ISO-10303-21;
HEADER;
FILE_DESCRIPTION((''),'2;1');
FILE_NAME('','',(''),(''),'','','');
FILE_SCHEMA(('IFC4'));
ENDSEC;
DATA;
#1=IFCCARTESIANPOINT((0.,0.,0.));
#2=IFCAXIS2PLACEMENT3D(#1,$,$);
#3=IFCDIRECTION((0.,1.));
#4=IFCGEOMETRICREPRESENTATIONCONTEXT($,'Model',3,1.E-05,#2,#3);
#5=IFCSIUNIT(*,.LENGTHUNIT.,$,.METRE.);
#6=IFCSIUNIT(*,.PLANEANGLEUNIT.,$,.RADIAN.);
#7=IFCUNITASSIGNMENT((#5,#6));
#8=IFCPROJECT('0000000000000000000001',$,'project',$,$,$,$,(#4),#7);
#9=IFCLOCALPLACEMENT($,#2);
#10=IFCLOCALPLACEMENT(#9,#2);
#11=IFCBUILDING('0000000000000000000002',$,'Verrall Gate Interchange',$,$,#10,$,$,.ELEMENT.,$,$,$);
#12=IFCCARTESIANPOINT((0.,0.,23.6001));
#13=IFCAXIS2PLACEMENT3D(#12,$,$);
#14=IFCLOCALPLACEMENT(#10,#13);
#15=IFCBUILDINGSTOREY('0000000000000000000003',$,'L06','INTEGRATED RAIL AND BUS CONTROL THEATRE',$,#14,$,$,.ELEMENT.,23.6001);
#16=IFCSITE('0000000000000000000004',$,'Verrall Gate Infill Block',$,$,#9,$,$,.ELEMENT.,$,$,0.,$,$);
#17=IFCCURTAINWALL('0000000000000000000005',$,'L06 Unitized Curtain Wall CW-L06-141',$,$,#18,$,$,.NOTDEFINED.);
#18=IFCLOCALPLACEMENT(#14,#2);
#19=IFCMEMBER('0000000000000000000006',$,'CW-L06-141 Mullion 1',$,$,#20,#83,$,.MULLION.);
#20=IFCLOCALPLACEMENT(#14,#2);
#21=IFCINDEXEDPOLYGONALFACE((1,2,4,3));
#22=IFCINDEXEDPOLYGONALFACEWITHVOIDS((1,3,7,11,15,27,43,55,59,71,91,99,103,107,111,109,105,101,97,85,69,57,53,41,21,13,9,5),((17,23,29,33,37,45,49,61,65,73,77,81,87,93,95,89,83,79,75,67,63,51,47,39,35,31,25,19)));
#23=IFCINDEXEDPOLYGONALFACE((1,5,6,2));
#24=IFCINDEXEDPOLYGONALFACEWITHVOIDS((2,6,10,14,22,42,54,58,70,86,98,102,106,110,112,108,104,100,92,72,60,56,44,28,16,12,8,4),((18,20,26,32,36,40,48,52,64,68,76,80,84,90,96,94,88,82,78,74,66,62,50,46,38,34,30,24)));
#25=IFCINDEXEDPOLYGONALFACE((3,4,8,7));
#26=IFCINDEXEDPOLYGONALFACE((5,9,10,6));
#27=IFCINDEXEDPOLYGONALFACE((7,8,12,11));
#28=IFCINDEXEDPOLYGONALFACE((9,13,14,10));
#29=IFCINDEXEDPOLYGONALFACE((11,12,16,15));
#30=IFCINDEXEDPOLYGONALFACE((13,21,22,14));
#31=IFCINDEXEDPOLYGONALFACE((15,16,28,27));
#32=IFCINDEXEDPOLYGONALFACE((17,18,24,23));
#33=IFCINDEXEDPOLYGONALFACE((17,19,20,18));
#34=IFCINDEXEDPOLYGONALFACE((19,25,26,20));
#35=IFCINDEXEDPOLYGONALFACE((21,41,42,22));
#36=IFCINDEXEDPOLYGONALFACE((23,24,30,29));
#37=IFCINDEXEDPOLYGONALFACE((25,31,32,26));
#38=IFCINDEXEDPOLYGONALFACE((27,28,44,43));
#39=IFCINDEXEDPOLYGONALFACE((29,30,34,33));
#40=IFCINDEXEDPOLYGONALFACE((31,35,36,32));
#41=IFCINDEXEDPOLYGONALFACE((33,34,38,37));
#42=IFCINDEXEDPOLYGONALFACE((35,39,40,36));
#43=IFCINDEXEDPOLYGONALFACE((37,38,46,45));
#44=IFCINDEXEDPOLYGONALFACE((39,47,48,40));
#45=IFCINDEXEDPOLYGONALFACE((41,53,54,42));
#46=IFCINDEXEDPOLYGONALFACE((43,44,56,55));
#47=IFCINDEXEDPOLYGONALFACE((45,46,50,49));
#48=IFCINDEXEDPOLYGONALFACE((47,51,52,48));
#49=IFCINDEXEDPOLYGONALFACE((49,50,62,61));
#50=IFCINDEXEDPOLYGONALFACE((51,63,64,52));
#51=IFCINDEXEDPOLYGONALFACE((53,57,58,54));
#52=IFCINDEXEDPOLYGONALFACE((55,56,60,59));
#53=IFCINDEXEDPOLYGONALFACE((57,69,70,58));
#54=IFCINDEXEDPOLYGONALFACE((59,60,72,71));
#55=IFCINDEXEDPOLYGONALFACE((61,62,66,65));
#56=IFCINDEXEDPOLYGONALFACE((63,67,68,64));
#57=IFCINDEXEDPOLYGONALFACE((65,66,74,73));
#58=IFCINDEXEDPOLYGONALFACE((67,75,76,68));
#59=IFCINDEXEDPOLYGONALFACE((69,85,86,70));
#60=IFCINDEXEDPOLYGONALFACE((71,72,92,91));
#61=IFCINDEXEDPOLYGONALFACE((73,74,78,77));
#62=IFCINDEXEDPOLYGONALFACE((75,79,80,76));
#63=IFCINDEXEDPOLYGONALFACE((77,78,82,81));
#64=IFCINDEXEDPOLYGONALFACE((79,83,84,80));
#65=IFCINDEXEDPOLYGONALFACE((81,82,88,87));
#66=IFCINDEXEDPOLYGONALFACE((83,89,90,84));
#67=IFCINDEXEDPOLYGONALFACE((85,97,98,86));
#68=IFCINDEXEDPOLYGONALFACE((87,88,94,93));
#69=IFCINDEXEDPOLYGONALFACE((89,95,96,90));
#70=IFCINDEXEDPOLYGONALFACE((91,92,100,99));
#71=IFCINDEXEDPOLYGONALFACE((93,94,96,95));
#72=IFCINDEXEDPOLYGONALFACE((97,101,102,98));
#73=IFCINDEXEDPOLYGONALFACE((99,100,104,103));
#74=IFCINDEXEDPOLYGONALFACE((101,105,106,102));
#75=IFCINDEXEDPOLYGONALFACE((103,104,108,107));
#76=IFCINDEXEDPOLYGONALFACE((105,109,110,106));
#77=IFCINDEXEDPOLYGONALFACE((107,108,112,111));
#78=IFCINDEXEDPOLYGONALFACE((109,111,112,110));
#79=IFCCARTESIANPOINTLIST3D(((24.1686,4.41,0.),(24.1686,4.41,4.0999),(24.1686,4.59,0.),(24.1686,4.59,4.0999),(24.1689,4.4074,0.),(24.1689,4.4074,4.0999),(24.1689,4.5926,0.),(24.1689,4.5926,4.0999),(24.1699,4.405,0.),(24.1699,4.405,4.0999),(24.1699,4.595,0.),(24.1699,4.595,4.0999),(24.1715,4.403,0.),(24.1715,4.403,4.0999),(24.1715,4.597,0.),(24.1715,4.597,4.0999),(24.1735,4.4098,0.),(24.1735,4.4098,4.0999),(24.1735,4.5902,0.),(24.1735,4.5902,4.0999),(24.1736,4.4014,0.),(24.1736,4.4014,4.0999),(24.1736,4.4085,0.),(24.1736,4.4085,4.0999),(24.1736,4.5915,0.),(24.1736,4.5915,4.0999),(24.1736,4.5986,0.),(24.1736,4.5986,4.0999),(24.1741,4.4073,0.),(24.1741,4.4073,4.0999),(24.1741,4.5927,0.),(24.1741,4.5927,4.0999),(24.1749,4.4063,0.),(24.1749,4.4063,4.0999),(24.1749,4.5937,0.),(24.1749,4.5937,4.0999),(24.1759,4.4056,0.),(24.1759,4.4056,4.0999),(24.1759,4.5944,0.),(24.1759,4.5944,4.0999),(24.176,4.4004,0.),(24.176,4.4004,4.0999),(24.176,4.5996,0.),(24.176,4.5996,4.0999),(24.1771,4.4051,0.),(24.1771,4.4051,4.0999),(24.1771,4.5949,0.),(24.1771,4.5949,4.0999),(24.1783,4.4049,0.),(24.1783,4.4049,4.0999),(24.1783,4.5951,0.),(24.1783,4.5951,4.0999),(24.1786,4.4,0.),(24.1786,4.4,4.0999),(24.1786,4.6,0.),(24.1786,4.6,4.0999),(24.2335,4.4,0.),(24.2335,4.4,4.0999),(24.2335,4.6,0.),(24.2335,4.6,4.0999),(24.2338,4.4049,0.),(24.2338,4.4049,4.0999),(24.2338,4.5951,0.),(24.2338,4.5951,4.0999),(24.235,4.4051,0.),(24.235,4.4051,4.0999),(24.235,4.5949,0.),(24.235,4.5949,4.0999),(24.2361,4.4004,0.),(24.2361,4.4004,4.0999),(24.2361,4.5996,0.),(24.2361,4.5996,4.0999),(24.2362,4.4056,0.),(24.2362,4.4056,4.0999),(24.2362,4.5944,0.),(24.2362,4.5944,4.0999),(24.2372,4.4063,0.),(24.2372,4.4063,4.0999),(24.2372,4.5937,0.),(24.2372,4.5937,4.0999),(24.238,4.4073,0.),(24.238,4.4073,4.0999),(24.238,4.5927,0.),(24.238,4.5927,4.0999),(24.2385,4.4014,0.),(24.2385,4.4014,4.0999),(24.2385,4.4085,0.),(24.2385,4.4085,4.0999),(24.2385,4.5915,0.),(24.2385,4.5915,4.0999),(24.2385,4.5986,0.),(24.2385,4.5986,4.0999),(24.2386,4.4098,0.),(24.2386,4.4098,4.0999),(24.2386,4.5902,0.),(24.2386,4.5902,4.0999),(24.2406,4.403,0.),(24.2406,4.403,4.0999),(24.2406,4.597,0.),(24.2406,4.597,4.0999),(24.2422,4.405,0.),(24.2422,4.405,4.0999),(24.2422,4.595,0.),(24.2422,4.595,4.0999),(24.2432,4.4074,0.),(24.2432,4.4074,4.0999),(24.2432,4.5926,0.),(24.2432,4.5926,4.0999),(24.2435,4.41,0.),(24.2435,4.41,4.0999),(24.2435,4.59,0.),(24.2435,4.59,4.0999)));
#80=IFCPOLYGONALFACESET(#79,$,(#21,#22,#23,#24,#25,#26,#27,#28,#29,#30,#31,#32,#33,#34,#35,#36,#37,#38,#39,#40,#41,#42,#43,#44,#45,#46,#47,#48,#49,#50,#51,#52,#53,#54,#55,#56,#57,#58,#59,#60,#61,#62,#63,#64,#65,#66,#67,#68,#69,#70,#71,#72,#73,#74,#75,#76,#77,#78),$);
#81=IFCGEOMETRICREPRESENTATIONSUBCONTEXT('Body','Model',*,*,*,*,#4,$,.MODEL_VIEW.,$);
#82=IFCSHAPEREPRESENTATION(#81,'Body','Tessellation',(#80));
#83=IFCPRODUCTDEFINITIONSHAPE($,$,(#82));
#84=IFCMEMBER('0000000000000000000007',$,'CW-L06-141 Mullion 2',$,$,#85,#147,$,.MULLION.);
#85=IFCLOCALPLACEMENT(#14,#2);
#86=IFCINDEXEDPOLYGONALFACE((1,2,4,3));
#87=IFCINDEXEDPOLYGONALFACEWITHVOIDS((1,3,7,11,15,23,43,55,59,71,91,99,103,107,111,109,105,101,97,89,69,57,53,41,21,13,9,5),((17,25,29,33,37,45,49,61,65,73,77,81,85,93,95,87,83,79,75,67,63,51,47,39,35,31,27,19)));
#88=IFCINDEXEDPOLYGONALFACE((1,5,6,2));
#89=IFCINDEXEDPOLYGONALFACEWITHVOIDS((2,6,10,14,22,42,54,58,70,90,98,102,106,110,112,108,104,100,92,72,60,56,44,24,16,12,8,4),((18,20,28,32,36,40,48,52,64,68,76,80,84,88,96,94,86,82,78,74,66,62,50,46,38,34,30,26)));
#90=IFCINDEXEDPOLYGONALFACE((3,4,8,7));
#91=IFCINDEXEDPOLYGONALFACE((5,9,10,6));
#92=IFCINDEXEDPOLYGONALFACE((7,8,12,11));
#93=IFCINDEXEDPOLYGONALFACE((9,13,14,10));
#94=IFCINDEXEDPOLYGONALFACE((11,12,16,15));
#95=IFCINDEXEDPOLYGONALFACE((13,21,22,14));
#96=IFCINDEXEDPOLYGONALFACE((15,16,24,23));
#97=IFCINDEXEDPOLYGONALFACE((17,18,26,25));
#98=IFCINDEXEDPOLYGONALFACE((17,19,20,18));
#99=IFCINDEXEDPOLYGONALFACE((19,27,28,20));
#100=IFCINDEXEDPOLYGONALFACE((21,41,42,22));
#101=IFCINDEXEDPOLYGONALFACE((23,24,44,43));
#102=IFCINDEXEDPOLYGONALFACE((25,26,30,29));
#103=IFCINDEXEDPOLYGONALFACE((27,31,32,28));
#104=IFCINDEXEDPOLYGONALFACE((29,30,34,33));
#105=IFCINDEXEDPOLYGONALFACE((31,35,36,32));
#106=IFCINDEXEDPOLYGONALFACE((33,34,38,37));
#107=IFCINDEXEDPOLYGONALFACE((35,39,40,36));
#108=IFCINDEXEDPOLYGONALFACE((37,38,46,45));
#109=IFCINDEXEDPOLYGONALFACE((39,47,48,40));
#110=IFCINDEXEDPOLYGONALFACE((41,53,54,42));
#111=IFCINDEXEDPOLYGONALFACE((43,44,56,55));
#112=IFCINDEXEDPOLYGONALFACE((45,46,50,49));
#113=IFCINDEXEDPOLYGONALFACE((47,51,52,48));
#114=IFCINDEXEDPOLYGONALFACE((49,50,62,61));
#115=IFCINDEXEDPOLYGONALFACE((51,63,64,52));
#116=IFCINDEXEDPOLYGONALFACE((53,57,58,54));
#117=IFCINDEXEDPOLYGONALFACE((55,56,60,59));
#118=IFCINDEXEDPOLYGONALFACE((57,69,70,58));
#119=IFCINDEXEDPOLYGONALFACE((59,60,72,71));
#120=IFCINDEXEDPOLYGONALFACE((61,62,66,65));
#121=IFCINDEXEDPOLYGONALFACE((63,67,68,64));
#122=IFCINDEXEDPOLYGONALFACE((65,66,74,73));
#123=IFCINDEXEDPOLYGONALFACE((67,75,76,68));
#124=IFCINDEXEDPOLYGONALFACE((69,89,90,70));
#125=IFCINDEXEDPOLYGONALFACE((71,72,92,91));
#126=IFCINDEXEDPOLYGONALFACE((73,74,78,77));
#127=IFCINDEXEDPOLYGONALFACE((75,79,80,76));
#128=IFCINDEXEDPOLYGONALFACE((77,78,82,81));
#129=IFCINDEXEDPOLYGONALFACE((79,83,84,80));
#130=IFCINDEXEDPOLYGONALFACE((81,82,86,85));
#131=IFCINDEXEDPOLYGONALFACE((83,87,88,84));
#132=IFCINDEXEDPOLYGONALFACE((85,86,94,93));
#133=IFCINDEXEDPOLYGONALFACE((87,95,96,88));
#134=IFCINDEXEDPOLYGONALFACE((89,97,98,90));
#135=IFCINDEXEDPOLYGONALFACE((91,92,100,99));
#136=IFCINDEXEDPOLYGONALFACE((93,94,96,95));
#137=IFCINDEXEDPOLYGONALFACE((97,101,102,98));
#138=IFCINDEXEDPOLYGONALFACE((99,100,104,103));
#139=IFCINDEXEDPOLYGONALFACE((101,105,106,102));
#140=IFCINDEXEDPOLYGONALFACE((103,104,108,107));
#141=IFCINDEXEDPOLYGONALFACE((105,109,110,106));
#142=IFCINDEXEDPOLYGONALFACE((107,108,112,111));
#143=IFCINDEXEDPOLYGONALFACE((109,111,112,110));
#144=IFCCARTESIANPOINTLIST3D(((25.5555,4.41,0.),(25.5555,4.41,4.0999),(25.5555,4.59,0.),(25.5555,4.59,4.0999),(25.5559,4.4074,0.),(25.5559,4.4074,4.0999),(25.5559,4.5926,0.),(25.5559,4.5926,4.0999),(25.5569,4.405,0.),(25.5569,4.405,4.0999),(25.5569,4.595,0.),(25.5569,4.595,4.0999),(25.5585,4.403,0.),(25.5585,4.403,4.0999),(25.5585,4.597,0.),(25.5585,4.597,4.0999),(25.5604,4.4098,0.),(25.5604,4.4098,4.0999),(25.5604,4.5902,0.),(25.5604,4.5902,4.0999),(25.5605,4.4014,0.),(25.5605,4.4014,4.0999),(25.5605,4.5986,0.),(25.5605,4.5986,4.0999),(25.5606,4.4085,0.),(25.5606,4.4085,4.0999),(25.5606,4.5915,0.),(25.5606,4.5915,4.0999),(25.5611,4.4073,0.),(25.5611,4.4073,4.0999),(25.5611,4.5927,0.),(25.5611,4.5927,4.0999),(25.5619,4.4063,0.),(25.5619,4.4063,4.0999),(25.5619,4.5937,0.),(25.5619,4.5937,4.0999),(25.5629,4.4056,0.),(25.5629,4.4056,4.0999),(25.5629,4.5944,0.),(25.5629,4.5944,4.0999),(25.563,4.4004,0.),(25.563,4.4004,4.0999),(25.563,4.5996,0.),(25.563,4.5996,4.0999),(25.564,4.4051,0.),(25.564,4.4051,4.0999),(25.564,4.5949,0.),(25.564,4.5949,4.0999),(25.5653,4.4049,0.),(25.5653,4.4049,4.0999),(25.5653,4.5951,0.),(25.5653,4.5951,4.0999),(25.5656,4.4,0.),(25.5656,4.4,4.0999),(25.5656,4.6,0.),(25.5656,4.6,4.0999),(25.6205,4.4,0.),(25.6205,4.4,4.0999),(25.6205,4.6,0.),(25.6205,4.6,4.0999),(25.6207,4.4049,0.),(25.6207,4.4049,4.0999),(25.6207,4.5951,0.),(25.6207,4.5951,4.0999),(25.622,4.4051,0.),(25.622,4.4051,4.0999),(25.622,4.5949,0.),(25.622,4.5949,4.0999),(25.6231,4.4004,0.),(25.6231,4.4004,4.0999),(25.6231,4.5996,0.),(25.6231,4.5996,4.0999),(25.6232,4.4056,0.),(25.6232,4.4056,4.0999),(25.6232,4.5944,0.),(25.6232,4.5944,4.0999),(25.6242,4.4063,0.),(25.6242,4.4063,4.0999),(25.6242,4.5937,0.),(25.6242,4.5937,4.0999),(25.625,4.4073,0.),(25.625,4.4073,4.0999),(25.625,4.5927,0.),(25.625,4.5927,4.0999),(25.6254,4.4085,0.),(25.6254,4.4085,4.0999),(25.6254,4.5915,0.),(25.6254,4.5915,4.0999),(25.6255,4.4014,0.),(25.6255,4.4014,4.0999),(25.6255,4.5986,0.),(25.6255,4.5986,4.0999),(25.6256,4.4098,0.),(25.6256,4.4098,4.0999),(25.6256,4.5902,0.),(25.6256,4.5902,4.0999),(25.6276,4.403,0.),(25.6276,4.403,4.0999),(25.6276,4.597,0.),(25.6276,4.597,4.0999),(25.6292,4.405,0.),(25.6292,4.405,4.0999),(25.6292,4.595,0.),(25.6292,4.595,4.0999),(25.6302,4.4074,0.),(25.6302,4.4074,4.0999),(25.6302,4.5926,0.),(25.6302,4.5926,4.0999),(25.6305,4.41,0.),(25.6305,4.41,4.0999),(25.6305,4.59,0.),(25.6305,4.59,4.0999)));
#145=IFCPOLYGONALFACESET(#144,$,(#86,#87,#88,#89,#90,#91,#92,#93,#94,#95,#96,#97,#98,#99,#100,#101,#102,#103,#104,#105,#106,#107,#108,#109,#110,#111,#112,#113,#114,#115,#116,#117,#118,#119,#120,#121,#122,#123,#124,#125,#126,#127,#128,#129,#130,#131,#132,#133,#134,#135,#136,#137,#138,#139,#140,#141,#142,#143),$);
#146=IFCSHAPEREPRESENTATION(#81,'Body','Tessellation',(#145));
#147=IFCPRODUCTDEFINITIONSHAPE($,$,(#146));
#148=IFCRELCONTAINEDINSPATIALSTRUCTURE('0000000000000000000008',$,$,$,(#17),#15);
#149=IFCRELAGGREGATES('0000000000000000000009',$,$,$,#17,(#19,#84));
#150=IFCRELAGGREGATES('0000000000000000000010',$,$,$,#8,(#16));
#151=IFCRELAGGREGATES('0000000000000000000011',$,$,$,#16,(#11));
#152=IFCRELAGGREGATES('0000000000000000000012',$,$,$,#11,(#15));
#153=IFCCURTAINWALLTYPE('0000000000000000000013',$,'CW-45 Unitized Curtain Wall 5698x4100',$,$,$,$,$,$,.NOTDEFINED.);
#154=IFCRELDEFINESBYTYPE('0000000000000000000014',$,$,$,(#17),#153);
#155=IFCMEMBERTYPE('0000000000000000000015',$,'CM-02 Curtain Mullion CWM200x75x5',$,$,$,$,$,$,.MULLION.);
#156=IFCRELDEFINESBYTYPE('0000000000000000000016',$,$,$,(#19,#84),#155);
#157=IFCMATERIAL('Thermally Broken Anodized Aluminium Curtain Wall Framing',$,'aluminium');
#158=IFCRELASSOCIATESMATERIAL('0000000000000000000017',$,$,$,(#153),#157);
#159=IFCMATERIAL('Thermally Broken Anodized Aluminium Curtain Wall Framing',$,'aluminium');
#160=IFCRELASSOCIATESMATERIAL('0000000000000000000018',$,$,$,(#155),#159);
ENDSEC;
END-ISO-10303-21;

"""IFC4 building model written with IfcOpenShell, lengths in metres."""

from ifc_helpers import new_model, si_unit, direction, frame, origin, origin_2d, place, context, subcontext, project, spatial, hollow_rectangle, extrude, material, material_profile, profile_set, type_object, element, aggregate, save


model = new_model("IFC4")

# Units and contexts
model_context = context("Model", 3, precision=1e-05, world=origin(), true_north=direction((0.0, 1.0)))
body_context = subcontext(model_context, "Body", "Model", "MODEL_VIEW")
ifc_project = project(units=[si_unit("LENGTHUNIT", "METRE"), si_unit("PLANEANGLEUNIT", "RADIAN")], contexts=[model_context])

# Site, building, storey
site_placement = place(None, origin())
site = spatial("IfcSite", under=ifc_project, at=site_placement, Name="Verrall Gate Infill Block", CompositionType="ELEMENT", RefElevation=0.0)
building_placement = place(site_placement, origin())
building = spatial("IfcBuilding", under=site, at=building_placement, Name="Verrall Gate Interchange", CompositionType="ELEMENT")
storey_placement = place(building_placement, frame((0.0, 0.0, 23.6001)))
storey = spatial("IfcBuildingStorey", under=building, at=storey_placement, Name="L06", Description="INTEGRATED RAIL AND BUS CONTROL THEATRE", CompositionType="ELEMENT", Elevation=23.6001)

# Shared definitions
ifc_material_1 = material(Name="Thermally Broken Anodized Aluminium Curtain Wall Framing", Category="aluminium")
curtain_wall_type = type_object("IfcCurtainWallType", Name="CW-45 Unitized Curtain Wall 5698x4100", PredefinedType="NOTDEFINED", material=ifc_material_1)

# Curtain wall, members
curtain_wall_1_placement = place(storey_placement, origin())
curtain_wall_1 = element("IfcCurtainWall", 1, at=curtain_wall_1_placement, inside=storey, type_object=curtain_wall_type, Name="L06 Unitized Curtain Wall CW-L06-141", PredefinedType="NOTDEFINED")
ifc_material_2 = material(Name="Thermally Broken Anodized Aluminium Curtain Wall Framing", Category="aluminium")
ifc_material_profile_1 = material_profile(ifc_material_2, hollow_rectangle(XDim=0.075, YDim=0.2, WallThickness=0.0049, InnerFilletRadius=0.0049, OuterFilletRadius=0.01, at=origin_2d()), Name="CWM200x75x5")
ifc_profile_set_1 = profile_set([ifc_material_profile_1], Name="Thermally Broken Anodized Aluminium Curtain Wall Framing")
member_type_1 = type_object("IfcMemberType", Name="CM-02 Curtain Mullion CWM200x75x5", PredefinedType="MULLION", material=ifc_profile_set_1)
member_1_placement = place(storey_placement, frame((24.2061, 4.5, 0.0), z_axis=(0.0, 0.0, 1.0), x_axis=(1.0, 0.0, 0.0)))
member_1 = element("IfcMember", 2, at=member_1_placement, type_object=member_type_1, Name="CW-L06-141 Mullion 1", PredefinedType="MULLION", context=body_context, shape_type="SweptSolid", body=[
    extrude(hollow_rectangle(XDim=0.075, YDim=0.2, WallThickness=0.0049, InnerFilletRadius=0.0049, OuterFilletRadius=0.01, at=origin_2d()), origin(), (0.0, 0.0, 1.0), 4.0999),
])
member_2_placement = place(storey_placement, frame((25.593, 4.5, 0.0), z_axis=(0.0, 0.0, 1.0), x_axis=(1.0, 0.0, 0.0)))
member_2 = element("IfcMember", 3, at=member_2_placement, type_object=member_type_1, Name="CW-L06-141 Mullion 2", PredefinedType="MULLION", context=body_context, shape_type="SweptSolid", body=[
    extrude(hollow_rectangle(XDim=0.075, YDim=0.2, WallThickness=0.0049, InnerFilletRadius=0.0049, OuterFilletRadius=0.01, at=origin_2d()), origin(), (0.0, 0.0, 1.0), 4.0999),
])

aggregate(curtain_wall_1, [member_1, member_2])

save(model, "model.ifc")
